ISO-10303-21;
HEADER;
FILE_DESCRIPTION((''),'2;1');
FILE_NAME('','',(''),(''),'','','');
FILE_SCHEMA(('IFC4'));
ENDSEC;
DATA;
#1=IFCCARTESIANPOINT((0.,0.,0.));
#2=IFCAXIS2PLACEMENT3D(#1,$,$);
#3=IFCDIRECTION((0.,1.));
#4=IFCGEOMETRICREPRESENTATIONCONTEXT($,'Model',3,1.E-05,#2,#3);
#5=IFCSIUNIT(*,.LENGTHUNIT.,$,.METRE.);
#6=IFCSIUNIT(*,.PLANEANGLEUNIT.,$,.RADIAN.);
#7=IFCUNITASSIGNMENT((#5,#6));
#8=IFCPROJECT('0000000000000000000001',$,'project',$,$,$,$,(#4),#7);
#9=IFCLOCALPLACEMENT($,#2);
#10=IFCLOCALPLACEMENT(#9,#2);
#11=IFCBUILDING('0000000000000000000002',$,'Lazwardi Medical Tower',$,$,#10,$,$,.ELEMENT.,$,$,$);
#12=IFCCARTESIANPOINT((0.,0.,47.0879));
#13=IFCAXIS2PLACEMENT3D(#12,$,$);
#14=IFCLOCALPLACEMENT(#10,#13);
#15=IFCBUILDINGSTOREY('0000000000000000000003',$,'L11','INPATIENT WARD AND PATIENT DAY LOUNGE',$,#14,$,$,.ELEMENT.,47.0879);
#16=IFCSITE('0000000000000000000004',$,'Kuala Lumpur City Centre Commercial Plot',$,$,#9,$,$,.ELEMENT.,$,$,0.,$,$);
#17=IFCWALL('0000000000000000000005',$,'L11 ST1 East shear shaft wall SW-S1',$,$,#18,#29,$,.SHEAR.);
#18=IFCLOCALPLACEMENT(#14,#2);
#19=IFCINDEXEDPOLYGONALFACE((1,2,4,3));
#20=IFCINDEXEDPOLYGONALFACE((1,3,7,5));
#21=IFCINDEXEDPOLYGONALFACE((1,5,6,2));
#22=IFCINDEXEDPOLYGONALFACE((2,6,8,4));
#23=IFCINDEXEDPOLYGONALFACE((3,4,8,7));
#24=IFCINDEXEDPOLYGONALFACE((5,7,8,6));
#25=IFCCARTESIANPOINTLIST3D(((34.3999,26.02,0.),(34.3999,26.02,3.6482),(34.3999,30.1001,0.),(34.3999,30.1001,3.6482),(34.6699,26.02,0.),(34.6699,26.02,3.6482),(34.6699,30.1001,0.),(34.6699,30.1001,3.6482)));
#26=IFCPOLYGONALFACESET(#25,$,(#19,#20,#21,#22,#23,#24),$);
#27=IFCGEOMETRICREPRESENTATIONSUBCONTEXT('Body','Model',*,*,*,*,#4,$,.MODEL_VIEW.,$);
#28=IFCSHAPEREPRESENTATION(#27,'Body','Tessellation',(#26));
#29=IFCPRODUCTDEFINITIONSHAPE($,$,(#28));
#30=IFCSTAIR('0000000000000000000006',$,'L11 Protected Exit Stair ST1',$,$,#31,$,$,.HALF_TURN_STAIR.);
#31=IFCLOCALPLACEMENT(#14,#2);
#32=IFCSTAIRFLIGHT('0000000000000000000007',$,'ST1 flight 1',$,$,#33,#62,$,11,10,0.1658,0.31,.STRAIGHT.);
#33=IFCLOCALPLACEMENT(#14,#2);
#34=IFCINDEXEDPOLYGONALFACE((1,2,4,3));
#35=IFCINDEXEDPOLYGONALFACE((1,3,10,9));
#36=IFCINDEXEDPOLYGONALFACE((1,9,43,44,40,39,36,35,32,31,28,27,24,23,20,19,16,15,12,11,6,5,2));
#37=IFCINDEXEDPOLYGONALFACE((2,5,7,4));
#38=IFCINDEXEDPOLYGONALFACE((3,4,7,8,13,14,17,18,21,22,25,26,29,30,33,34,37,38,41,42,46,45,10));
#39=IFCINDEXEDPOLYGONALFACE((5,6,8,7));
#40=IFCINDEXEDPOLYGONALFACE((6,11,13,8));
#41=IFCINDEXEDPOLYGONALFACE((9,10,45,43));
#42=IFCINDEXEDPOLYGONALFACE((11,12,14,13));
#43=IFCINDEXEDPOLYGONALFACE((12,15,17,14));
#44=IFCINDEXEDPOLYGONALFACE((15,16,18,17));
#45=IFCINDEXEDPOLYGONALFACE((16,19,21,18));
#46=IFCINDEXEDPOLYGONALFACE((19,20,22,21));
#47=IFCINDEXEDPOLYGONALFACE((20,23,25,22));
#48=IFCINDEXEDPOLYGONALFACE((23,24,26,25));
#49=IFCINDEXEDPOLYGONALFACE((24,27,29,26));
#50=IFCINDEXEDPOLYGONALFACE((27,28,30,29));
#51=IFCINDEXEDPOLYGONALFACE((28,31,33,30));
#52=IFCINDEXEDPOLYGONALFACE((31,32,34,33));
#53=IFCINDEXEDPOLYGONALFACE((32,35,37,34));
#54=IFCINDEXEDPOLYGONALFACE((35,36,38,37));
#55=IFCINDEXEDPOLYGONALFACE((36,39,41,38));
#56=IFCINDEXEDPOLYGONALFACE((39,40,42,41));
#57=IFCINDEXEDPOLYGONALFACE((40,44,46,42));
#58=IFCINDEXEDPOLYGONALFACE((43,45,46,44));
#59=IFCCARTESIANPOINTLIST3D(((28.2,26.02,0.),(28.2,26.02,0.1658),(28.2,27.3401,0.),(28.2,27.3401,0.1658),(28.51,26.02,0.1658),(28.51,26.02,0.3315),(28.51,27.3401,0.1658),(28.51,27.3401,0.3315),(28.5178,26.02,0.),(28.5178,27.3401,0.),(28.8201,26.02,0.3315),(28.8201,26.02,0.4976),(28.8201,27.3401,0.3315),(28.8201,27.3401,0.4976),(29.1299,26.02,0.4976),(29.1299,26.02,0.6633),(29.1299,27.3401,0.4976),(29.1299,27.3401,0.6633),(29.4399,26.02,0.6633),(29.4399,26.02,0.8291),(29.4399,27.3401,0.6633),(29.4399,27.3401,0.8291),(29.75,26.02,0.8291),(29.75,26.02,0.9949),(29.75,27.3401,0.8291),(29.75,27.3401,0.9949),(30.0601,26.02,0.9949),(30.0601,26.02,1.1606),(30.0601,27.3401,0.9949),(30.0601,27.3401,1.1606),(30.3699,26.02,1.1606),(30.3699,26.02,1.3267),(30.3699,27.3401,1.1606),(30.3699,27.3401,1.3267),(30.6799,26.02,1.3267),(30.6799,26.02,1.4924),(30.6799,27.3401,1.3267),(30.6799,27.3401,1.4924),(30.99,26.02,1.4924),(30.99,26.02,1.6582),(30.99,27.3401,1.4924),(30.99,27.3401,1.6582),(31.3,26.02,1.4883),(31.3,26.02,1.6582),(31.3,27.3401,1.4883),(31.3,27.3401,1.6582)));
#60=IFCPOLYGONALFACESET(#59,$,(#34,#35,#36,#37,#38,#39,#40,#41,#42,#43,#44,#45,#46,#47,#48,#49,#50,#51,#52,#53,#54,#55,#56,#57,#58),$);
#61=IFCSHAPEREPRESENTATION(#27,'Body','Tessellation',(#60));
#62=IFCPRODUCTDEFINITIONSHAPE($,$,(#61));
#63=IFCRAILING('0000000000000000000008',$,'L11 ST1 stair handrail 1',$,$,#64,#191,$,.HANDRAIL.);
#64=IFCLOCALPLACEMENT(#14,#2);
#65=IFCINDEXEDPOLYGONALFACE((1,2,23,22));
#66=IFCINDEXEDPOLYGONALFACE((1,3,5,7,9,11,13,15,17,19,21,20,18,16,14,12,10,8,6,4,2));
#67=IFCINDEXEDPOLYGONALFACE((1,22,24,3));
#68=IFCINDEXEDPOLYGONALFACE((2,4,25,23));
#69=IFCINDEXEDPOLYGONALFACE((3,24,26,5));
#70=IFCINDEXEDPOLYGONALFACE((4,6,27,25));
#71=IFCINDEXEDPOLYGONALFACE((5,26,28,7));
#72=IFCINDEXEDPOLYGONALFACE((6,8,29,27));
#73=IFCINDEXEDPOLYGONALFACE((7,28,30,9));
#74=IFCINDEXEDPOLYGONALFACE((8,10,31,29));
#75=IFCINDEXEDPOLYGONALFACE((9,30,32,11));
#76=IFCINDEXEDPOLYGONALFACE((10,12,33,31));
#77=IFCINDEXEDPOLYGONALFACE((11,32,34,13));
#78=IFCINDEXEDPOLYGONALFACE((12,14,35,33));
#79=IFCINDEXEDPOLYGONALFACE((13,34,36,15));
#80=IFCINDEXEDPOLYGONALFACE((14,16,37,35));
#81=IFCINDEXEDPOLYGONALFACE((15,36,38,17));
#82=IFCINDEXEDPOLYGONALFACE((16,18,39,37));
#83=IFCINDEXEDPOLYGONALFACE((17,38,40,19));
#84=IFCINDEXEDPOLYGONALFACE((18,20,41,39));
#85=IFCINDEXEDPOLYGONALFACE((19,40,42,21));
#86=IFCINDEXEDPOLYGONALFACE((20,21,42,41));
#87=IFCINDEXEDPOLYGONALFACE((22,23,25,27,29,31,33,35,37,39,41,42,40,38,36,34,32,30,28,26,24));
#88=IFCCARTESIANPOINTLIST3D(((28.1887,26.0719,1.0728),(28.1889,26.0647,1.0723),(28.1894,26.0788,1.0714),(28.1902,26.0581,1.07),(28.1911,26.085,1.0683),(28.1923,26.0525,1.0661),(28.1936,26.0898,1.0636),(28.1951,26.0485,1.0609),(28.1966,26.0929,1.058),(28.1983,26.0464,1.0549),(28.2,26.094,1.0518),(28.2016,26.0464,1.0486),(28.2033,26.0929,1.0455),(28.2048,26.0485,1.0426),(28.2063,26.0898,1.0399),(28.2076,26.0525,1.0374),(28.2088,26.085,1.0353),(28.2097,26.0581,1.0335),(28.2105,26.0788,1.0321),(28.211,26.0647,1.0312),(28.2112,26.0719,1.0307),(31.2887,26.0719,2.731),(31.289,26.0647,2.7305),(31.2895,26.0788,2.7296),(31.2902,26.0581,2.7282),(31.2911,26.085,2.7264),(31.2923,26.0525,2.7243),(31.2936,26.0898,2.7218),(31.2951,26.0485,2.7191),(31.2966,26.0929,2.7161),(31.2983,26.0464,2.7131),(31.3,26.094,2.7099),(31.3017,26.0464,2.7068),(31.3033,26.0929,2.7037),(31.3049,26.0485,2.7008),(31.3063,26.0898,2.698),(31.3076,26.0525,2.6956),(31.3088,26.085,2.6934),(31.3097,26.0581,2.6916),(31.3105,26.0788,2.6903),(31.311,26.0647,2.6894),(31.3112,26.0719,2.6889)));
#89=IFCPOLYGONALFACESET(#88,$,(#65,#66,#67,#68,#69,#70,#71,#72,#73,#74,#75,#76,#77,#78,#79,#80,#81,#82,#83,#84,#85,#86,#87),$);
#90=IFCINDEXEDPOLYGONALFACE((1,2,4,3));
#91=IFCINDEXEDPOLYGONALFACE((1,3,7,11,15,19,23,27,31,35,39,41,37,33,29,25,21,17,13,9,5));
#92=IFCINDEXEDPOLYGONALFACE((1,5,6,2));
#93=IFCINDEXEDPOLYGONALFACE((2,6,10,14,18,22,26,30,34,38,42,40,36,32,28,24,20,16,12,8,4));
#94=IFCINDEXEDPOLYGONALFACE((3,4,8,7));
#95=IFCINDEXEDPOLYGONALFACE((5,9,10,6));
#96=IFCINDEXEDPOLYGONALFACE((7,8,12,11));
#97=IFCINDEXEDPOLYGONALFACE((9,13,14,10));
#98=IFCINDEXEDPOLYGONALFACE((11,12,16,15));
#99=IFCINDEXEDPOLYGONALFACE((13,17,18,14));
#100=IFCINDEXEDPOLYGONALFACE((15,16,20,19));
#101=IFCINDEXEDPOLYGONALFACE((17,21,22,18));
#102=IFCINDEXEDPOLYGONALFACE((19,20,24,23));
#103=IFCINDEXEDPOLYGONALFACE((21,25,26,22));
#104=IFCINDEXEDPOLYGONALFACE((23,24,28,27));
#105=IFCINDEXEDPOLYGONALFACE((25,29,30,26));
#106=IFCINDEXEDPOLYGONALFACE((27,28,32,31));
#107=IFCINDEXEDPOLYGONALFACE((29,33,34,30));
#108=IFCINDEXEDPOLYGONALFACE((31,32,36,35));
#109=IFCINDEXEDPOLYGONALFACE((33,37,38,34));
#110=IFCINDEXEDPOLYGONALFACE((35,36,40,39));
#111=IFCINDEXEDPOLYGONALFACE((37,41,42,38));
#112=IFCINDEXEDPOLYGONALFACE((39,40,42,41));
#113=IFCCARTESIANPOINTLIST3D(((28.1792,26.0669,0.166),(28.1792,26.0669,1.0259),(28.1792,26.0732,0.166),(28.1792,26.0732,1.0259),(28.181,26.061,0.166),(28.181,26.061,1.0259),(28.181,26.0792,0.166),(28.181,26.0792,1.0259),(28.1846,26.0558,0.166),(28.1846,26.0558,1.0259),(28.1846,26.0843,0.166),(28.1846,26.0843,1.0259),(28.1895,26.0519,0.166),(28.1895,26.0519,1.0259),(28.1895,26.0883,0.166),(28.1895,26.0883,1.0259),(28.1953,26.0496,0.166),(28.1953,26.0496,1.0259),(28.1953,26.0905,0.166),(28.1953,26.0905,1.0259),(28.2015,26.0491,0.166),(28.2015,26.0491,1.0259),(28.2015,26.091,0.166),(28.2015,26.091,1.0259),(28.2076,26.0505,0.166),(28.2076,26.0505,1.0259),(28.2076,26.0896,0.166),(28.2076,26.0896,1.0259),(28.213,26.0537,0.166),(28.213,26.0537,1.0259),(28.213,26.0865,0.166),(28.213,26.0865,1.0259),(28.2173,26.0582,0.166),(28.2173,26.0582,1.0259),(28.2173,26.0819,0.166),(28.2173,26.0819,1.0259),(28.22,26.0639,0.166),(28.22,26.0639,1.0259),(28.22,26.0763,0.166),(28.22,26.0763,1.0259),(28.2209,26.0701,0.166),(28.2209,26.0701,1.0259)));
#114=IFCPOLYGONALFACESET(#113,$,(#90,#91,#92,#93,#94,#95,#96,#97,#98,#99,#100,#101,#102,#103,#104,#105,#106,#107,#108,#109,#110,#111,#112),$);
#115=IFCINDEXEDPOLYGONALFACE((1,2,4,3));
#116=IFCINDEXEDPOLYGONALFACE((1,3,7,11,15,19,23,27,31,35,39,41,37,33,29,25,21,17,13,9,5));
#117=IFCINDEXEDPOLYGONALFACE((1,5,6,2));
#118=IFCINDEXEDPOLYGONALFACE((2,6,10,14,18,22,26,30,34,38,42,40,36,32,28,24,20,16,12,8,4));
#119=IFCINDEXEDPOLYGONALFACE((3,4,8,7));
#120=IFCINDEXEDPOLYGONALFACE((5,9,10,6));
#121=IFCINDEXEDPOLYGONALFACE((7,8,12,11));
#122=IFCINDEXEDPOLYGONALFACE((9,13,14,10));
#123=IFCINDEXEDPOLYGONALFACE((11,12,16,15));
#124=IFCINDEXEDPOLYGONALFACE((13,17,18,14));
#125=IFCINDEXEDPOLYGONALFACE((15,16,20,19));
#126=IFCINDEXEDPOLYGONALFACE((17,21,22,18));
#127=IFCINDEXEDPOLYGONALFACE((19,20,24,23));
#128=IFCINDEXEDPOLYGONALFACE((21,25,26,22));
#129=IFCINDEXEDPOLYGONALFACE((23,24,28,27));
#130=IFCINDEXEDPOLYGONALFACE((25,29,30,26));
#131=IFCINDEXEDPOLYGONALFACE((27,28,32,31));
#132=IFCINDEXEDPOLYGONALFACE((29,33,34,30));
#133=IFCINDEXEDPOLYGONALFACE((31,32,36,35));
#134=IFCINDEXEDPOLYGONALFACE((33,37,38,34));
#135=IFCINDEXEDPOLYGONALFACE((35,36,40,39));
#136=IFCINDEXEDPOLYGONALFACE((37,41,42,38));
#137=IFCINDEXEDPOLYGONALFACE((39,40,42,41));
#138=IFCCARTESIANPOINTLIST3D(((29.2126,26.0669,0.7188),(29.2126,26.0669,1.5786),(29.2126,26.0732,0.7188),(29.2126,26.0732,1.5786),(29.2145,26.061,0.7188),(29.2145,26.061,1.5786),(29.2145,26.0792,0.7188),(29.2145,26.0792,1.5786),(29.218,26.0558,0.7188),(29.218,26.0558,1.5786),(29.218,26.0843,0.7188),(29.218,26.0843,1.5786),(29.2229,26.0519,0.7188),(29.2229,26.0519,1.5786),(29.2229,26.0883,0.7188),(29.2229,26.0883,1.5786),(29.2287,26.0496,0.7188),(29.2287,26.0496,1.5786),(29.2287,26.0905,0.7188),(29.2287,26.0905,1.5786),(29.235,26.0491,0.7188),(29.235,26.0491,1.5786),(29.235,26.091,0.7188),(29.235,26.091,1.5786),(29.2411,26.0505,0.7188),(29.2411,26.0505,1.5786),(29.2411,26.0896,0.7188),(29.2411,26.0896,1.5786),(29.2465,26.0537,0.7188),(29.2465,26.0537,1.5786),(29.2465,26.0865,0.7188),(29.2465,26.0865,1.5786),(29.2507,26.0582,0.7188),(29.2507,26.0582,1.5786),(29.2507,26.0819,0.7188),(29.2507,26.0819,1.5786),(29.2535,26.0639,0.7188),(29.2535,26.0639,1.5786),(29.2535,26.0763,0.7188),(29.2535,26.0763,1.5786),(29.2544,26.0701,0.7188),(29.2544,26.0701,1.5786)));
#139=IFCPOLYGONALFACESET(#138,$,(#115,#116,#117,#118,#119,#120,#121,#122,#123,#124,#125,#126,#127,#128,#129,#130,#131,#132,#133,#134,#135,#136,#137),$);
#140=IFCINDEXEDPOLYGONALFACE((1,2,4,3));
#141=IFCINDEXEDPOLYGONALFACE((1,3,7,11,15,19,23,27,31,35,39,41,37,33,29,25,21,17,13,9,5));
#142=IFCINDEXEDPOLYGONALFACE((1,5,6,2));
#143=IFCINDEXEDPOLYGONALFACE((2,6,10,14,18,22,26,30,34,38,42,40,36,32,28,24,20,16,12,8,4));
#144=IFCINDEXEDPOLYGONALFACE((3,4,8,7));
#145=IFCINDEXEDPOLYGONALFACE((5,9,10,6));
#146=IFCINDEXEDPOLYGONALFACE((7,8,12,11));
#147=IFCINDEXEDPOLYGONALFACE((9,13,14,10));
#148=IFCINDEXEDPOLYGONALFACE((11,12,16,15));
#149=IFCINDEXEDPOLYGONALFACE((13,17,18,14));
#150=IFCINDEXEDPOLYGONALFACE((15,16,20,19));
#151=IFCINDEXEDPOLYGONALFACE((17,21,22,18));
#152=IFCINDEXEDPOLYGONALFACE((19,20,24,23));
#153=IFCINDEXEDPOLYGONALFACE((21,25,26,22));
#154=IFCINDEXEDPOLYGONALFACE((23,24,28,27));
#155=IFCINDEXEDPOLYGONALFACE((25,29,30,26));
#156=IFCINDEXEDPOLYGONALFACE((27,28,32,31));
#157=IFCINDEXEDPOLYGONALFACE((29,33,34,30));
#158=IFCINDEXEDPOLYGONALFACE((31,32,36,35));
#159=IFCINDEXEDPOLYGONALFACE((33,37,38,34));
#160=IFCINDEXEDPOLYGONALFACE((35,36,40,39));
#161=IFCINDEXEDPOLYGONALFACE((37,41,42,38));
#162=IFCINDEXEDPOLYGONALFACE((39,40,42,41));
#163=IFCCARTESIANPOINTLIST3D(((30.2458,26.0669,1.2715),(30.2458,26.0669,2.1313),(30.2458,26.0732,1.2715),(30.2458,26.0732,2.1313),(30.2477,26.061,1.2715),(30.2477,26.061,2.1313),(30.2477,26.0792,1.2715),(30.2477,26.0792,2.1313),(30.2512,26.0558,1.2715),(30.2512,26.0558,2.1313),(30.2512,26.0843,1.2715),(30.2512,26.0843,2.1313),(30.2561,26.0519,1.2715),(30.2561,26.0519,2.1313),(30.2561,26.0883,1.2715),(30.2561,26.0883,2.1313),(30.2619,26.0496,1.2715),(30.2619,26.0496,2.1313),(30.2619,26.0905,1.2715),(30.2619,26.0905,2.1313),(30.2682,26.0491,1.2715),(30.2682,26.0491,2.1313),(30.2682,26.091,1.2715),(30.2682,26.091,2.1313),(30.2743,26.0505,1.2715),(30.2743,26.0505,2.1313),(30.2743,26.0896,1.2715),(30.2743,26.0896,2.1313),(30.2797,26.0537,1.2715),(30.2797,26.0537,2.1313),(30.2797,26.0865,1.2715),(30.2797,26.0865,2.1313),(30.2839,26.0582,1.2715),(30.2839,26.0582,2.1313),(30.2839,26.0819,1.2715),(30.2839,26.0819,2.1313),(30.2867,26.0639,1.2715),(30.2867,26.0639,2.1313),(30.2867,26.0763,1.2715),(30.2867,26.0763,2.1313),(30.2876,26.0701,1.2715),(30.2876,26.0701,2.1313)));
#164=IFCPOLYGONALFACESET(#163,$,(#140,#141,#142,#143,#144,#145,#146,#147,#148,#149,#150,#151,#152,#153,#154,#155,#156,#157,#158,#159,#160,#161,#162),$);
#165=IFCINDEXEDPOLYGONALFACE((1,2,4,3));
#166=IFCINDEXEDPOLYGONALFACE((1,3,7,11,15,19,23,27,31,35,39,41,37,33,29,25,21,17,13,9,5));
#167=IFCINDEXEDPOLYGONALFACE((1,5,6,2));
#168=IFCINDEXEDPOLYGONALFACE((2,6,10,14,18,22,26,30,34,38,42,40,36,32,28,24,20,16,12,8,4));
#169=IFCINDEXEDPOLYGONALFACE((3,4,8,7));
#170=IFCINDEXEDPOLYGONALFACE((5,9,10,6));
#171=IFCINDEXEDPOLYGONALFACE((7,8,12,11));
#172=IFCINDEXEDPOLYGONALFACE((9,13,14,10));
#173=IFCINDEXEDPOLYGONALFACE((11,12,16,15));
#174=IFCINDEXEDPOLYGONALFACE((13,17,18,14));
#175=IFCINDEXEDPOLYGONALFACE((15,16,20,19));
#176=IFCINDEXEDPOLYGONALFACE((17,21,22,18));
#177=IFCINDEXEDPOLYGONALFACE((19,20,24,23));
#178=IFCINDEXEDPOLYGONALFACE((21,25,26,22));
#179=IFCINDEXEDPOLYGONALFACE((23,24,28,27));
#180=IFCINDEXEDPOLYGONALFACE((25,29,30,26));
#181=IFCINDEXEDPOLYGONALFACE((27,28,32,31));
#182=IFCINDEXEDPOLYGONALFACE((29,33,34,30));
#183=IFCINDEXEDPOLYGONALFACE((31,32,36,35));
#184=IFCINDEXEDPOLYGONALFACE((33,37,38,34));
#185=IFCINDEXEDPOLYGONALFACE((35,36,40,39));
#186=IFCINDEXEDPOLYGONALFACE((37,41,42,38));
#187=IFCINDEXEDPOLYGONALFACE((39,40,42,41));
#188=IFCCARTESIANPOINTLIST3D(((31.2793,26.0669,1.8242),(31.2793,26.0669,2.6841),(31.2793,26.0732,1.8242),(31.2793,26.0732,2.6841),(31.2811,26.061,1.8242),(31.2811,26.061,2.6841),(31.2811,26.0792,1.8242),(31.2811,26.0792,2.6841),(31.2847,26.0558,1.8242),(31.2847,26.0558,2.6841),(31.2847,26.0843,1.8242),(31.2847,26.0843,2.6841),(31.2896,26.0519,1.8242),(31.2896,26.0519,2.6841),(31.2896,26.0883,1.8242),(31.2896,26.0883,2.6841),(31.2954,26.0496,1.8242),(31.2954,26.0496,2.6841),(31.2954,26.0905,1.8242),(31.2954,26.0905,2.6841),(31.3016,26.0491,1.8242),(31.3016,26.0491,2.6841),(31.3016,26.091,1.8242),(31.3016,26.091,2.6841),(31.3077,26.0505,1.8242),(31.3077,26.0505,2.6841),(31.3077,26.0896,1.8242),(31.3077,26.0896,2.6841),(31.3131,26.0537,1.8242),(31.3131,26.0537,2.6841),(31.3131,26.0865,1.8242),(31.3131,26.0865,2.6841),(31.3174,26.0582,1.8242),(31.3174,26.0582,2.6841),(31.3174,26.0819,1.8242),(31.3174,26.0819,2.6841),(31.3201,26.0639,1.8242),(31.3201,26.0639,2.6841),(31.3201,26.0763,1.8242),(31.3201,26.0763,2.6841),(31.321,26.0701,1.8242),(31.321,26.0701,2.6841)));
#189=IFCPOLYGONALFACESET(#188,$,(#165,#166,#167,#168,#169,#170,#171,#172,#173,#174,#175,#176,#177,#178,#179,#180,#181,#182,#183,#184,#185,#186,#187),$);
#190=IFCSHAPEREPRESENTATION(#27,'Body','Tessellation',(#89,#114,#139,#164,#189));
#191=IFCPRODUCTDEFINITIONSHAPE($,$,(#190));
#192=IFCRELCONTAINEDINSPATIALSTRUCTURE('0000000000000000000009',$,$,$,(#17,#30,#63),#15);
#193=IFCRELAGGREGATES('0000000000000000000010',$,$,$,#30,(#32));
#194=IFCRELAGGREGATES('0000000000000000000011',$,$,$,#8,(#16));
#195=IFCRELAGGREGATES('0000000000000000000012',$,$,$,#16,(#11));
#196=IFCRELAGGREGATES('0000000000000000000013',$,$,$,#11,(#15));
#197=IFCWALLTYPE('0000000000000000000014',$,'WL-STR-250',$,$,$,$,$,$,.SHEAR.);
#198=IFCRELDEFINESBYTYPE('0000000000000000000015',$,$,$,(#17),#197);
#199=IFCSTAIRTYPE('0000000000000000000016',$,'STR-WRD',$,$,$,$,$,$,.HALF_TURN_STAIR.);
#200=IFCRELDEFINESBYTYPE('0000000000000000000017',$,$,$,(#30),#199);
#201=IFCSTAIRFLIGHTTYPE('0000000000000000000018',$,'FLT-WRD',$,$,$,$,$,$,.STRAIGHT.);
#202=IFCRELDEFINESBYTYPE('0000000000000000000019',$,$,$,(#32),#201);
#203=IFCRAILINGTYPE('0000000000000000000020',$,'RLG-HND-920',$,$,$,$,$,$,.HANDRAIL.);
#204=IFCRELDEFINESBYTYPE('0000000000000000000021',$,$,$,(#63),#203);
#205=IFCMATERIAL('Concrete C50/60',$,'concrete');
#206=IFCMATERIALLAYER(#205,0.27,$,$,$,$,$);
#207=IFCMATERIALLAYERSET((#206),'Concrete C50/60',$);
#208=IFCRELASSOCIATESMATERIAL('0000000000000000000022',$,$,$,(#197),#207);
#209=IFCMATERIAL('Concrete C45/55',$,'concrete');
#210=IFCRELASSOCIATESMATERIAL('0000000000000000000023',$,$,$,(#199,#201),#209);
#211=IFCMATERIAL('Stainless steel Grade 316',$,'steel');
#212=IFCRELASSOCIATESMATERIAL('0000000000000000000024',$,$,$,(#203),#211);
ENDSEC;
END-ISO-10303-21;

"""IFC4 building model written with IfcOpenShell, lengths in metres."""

from ifc_helpers import new_model, si_unit, direction, frame, frame_2d, origin, origin_2d, place, context, subcontext, project, spatial, polyline, rectangle, circle, outline, extrude, material, layer, layer_set, type_object, element, aggregate, save


model = new_model("IFC4")

# Units and contexts
model_context = context("Model", 3, precision=1e-05, world=origin(), true_north=direction((0.0, 1.0)))
body_context = subcontext(model_context, "Body", "Model", "MODEL_VIEW")
ifc_project = project(units=[si_unit("LENGTHUNIT", "METRE"), si_unit("PLANEANGLEUNIT", "RADIAN")], contexts=[model_context])

# Site, building, storey
site_placement = place(None, origin())
site = spatial("IfcSite", under=ifc_project, at=site_placement, Name="Kuala Lumpur City Centre Commercial Plot", CompositionType="ELEMENT", RefElevation=0.0)
building_placement = place(site_placement, origin())
building = spatial("IfcBuilding", under=site, at=building_placement, Name="Lazwardi Medical Tower", CompositionType="ELEMENT")
storey_placement = place(building_placement, frame((0.0, 0.0, 47.0879)))
storey = spatial("IfcBuildingStorey", under=building, at=storey_placement, Name="L11", Description="INPATIENT WARD AND PATIENT DAY LOUNGE", CompositionType="ELEMENT", Elevation=47.0879)

# Wall
ifc_material_1 = material(Name="Concrete C50/60", Category="concrete")
ifc_layer_1 = layer(ifc_material_1, 0.27)
ifc_layer_set_1 = layer_set([ifc_layer_1], Name="Concrete C50/60")
wall_type_1 = type_object("IfcWallType", Name="WL-STR-250", PredefinedType="SHEAR", material=ifc_layer_set_1)
wall_1_placement = place(storey_placement, frame((34.5349, 26.02, 0.0), z_axis=(0.0, 0.0, 1.0), x_axis=(0.0, 1.0, 0.0)))
element("IfcWall", 1, at=wall_1_placement, inside=storey, type_object=wall_type_1, Name="L11 ST1 East shear shaft wall SW-S1", PredefinedType="SHEAR", context=body_context, shape_type="SweptSolid", body=[
    extrude(rectangle(XDim=4.0801, YDim=0.27, at=frame_2d((2.04, 0.0))), origin(), (0.0, 0.0, 1.0), 3.6482),
])

# Stair, stair flight
ifc_material_2 = material(Name="Concrete C45/55", Category="concrete")
stair_type = type_object("IfcStairType", Name="STR-WRD", PredefinedType="HALF_TURN_STAIR", material=ifc_material_2)
stair_placement = place(storey_placement, origin())
stair = element("IfcStair", 2, at=stair_placement, inside=storey, type_object=stair_type, Name="L11 Protected Exit Stair ST1", PredefinedType="HALF_TURN_STAIR")
stair_flight_type = type_object("IfcStairFlightType", Name="FLT-WRD", PredefinedType="STRAIGHT", material=ifc_material_2)
stair_flight_placement = place(storey_placement, frame((28.2, 26.6799, 0.0), z_axis=(0.0, 0.0, 1.0), x_axis=(1.0, 0.0, 0.0)))
stair_flight = element("IfcStairFlight", 3, at=stair_flight_placement, type_object=stair_flight_type, Name="ST1 flight 1", NumberOfRisers=11, NumberOfTreads=10, PredefinedType="STRAIGHT", RiserHeight=0.1658, TreadLength=0.31, context=body_context, shape_type="SweptSolid", body=[
    extrude(outline(polyline([(0.0, 0.0), (0.0, 0.1658), (0.3101, 0.1658), (0.3101, 0.3315), (0.6201, 0.3315), (0.6201, 0.4976), (0.9299, 0.4976), (0.9299, 0.6633), (1.24, 0.6633), (1.24, 0.8291), (1.55, 0.8291), (1.55, 0.9949), (1.8601, 0.9949), (1.8601, 1.1606), (2.1699, 1.1606), (2.1699, 1.3267), (2.48, 1.3267), (2.48, 1.4924), (2.79, 1.4924), (2.79, 1.6582), (3.1001, 1.6582), (3.1001, 1.824), (3.1001, 1.4883), (0.3179, 0.0), (0.0, 0.0)])), frame((0.0, 0.6602, 0.0), z_axis=(0.0, -1.0, 0.0), x_axis=(1.0, 0.0, 0.0)), (0.0, 0.0, 1.0), 1.3201),
])
aggregate(stair, [stair_flight])

# Railing
ifc_material_3 = material(Name="Stainless steel Grade 316", Category="steel")
railing_type = type_object("IfcRailingType", Name="RLG-HND-920", PredefinedType="HANDRAIL", material=ifc_material_3)
railing_placement = place(storey_placement, frame((28.2, 26.0701, 0.166)))
element("IfcRailing", 4, at=railing_placement, inside=storey, type_object=railing_type, Name="L11 ST1 stair handrail 1", PredefinedType="HANDRAIL", context=body_context, shape_type="SweptSolid", body=[
    extrude(circle(Radius=0.0239, at=origin_2d()), frame((0.0, 0.0, 0.8857), z_axis=(0.881783, 0.0, 0.471655), x_axis=(0.0, 1.0, 0.0)), (0.0, 0.0, 1.0), 3.5156),
    extrude(circle(Radius=0.021, at=origin_2d()), origin(), (0.0, 0.0, 1.0), 0.8599),
    extrude(circle(Radius=0.021, at=origin_2d()), frame((1.0334, 0.0, 0.5527)), (0.0, 0.0, 1.0), 0.8599),
    extrude(circle(Radius=0.021, at=origin_2d()), frame((2.0667, 0.0, 1.1055)), (0.0, 0.0, 1.0), 0.8599),
    extrude(circle(Radius=0.021, at=origin_2d()), frame((3.1001, 0.0, 1.6582)), (0.0, 0.0, 1.0), 0.8599),
])

save(model, "model.ifc")
